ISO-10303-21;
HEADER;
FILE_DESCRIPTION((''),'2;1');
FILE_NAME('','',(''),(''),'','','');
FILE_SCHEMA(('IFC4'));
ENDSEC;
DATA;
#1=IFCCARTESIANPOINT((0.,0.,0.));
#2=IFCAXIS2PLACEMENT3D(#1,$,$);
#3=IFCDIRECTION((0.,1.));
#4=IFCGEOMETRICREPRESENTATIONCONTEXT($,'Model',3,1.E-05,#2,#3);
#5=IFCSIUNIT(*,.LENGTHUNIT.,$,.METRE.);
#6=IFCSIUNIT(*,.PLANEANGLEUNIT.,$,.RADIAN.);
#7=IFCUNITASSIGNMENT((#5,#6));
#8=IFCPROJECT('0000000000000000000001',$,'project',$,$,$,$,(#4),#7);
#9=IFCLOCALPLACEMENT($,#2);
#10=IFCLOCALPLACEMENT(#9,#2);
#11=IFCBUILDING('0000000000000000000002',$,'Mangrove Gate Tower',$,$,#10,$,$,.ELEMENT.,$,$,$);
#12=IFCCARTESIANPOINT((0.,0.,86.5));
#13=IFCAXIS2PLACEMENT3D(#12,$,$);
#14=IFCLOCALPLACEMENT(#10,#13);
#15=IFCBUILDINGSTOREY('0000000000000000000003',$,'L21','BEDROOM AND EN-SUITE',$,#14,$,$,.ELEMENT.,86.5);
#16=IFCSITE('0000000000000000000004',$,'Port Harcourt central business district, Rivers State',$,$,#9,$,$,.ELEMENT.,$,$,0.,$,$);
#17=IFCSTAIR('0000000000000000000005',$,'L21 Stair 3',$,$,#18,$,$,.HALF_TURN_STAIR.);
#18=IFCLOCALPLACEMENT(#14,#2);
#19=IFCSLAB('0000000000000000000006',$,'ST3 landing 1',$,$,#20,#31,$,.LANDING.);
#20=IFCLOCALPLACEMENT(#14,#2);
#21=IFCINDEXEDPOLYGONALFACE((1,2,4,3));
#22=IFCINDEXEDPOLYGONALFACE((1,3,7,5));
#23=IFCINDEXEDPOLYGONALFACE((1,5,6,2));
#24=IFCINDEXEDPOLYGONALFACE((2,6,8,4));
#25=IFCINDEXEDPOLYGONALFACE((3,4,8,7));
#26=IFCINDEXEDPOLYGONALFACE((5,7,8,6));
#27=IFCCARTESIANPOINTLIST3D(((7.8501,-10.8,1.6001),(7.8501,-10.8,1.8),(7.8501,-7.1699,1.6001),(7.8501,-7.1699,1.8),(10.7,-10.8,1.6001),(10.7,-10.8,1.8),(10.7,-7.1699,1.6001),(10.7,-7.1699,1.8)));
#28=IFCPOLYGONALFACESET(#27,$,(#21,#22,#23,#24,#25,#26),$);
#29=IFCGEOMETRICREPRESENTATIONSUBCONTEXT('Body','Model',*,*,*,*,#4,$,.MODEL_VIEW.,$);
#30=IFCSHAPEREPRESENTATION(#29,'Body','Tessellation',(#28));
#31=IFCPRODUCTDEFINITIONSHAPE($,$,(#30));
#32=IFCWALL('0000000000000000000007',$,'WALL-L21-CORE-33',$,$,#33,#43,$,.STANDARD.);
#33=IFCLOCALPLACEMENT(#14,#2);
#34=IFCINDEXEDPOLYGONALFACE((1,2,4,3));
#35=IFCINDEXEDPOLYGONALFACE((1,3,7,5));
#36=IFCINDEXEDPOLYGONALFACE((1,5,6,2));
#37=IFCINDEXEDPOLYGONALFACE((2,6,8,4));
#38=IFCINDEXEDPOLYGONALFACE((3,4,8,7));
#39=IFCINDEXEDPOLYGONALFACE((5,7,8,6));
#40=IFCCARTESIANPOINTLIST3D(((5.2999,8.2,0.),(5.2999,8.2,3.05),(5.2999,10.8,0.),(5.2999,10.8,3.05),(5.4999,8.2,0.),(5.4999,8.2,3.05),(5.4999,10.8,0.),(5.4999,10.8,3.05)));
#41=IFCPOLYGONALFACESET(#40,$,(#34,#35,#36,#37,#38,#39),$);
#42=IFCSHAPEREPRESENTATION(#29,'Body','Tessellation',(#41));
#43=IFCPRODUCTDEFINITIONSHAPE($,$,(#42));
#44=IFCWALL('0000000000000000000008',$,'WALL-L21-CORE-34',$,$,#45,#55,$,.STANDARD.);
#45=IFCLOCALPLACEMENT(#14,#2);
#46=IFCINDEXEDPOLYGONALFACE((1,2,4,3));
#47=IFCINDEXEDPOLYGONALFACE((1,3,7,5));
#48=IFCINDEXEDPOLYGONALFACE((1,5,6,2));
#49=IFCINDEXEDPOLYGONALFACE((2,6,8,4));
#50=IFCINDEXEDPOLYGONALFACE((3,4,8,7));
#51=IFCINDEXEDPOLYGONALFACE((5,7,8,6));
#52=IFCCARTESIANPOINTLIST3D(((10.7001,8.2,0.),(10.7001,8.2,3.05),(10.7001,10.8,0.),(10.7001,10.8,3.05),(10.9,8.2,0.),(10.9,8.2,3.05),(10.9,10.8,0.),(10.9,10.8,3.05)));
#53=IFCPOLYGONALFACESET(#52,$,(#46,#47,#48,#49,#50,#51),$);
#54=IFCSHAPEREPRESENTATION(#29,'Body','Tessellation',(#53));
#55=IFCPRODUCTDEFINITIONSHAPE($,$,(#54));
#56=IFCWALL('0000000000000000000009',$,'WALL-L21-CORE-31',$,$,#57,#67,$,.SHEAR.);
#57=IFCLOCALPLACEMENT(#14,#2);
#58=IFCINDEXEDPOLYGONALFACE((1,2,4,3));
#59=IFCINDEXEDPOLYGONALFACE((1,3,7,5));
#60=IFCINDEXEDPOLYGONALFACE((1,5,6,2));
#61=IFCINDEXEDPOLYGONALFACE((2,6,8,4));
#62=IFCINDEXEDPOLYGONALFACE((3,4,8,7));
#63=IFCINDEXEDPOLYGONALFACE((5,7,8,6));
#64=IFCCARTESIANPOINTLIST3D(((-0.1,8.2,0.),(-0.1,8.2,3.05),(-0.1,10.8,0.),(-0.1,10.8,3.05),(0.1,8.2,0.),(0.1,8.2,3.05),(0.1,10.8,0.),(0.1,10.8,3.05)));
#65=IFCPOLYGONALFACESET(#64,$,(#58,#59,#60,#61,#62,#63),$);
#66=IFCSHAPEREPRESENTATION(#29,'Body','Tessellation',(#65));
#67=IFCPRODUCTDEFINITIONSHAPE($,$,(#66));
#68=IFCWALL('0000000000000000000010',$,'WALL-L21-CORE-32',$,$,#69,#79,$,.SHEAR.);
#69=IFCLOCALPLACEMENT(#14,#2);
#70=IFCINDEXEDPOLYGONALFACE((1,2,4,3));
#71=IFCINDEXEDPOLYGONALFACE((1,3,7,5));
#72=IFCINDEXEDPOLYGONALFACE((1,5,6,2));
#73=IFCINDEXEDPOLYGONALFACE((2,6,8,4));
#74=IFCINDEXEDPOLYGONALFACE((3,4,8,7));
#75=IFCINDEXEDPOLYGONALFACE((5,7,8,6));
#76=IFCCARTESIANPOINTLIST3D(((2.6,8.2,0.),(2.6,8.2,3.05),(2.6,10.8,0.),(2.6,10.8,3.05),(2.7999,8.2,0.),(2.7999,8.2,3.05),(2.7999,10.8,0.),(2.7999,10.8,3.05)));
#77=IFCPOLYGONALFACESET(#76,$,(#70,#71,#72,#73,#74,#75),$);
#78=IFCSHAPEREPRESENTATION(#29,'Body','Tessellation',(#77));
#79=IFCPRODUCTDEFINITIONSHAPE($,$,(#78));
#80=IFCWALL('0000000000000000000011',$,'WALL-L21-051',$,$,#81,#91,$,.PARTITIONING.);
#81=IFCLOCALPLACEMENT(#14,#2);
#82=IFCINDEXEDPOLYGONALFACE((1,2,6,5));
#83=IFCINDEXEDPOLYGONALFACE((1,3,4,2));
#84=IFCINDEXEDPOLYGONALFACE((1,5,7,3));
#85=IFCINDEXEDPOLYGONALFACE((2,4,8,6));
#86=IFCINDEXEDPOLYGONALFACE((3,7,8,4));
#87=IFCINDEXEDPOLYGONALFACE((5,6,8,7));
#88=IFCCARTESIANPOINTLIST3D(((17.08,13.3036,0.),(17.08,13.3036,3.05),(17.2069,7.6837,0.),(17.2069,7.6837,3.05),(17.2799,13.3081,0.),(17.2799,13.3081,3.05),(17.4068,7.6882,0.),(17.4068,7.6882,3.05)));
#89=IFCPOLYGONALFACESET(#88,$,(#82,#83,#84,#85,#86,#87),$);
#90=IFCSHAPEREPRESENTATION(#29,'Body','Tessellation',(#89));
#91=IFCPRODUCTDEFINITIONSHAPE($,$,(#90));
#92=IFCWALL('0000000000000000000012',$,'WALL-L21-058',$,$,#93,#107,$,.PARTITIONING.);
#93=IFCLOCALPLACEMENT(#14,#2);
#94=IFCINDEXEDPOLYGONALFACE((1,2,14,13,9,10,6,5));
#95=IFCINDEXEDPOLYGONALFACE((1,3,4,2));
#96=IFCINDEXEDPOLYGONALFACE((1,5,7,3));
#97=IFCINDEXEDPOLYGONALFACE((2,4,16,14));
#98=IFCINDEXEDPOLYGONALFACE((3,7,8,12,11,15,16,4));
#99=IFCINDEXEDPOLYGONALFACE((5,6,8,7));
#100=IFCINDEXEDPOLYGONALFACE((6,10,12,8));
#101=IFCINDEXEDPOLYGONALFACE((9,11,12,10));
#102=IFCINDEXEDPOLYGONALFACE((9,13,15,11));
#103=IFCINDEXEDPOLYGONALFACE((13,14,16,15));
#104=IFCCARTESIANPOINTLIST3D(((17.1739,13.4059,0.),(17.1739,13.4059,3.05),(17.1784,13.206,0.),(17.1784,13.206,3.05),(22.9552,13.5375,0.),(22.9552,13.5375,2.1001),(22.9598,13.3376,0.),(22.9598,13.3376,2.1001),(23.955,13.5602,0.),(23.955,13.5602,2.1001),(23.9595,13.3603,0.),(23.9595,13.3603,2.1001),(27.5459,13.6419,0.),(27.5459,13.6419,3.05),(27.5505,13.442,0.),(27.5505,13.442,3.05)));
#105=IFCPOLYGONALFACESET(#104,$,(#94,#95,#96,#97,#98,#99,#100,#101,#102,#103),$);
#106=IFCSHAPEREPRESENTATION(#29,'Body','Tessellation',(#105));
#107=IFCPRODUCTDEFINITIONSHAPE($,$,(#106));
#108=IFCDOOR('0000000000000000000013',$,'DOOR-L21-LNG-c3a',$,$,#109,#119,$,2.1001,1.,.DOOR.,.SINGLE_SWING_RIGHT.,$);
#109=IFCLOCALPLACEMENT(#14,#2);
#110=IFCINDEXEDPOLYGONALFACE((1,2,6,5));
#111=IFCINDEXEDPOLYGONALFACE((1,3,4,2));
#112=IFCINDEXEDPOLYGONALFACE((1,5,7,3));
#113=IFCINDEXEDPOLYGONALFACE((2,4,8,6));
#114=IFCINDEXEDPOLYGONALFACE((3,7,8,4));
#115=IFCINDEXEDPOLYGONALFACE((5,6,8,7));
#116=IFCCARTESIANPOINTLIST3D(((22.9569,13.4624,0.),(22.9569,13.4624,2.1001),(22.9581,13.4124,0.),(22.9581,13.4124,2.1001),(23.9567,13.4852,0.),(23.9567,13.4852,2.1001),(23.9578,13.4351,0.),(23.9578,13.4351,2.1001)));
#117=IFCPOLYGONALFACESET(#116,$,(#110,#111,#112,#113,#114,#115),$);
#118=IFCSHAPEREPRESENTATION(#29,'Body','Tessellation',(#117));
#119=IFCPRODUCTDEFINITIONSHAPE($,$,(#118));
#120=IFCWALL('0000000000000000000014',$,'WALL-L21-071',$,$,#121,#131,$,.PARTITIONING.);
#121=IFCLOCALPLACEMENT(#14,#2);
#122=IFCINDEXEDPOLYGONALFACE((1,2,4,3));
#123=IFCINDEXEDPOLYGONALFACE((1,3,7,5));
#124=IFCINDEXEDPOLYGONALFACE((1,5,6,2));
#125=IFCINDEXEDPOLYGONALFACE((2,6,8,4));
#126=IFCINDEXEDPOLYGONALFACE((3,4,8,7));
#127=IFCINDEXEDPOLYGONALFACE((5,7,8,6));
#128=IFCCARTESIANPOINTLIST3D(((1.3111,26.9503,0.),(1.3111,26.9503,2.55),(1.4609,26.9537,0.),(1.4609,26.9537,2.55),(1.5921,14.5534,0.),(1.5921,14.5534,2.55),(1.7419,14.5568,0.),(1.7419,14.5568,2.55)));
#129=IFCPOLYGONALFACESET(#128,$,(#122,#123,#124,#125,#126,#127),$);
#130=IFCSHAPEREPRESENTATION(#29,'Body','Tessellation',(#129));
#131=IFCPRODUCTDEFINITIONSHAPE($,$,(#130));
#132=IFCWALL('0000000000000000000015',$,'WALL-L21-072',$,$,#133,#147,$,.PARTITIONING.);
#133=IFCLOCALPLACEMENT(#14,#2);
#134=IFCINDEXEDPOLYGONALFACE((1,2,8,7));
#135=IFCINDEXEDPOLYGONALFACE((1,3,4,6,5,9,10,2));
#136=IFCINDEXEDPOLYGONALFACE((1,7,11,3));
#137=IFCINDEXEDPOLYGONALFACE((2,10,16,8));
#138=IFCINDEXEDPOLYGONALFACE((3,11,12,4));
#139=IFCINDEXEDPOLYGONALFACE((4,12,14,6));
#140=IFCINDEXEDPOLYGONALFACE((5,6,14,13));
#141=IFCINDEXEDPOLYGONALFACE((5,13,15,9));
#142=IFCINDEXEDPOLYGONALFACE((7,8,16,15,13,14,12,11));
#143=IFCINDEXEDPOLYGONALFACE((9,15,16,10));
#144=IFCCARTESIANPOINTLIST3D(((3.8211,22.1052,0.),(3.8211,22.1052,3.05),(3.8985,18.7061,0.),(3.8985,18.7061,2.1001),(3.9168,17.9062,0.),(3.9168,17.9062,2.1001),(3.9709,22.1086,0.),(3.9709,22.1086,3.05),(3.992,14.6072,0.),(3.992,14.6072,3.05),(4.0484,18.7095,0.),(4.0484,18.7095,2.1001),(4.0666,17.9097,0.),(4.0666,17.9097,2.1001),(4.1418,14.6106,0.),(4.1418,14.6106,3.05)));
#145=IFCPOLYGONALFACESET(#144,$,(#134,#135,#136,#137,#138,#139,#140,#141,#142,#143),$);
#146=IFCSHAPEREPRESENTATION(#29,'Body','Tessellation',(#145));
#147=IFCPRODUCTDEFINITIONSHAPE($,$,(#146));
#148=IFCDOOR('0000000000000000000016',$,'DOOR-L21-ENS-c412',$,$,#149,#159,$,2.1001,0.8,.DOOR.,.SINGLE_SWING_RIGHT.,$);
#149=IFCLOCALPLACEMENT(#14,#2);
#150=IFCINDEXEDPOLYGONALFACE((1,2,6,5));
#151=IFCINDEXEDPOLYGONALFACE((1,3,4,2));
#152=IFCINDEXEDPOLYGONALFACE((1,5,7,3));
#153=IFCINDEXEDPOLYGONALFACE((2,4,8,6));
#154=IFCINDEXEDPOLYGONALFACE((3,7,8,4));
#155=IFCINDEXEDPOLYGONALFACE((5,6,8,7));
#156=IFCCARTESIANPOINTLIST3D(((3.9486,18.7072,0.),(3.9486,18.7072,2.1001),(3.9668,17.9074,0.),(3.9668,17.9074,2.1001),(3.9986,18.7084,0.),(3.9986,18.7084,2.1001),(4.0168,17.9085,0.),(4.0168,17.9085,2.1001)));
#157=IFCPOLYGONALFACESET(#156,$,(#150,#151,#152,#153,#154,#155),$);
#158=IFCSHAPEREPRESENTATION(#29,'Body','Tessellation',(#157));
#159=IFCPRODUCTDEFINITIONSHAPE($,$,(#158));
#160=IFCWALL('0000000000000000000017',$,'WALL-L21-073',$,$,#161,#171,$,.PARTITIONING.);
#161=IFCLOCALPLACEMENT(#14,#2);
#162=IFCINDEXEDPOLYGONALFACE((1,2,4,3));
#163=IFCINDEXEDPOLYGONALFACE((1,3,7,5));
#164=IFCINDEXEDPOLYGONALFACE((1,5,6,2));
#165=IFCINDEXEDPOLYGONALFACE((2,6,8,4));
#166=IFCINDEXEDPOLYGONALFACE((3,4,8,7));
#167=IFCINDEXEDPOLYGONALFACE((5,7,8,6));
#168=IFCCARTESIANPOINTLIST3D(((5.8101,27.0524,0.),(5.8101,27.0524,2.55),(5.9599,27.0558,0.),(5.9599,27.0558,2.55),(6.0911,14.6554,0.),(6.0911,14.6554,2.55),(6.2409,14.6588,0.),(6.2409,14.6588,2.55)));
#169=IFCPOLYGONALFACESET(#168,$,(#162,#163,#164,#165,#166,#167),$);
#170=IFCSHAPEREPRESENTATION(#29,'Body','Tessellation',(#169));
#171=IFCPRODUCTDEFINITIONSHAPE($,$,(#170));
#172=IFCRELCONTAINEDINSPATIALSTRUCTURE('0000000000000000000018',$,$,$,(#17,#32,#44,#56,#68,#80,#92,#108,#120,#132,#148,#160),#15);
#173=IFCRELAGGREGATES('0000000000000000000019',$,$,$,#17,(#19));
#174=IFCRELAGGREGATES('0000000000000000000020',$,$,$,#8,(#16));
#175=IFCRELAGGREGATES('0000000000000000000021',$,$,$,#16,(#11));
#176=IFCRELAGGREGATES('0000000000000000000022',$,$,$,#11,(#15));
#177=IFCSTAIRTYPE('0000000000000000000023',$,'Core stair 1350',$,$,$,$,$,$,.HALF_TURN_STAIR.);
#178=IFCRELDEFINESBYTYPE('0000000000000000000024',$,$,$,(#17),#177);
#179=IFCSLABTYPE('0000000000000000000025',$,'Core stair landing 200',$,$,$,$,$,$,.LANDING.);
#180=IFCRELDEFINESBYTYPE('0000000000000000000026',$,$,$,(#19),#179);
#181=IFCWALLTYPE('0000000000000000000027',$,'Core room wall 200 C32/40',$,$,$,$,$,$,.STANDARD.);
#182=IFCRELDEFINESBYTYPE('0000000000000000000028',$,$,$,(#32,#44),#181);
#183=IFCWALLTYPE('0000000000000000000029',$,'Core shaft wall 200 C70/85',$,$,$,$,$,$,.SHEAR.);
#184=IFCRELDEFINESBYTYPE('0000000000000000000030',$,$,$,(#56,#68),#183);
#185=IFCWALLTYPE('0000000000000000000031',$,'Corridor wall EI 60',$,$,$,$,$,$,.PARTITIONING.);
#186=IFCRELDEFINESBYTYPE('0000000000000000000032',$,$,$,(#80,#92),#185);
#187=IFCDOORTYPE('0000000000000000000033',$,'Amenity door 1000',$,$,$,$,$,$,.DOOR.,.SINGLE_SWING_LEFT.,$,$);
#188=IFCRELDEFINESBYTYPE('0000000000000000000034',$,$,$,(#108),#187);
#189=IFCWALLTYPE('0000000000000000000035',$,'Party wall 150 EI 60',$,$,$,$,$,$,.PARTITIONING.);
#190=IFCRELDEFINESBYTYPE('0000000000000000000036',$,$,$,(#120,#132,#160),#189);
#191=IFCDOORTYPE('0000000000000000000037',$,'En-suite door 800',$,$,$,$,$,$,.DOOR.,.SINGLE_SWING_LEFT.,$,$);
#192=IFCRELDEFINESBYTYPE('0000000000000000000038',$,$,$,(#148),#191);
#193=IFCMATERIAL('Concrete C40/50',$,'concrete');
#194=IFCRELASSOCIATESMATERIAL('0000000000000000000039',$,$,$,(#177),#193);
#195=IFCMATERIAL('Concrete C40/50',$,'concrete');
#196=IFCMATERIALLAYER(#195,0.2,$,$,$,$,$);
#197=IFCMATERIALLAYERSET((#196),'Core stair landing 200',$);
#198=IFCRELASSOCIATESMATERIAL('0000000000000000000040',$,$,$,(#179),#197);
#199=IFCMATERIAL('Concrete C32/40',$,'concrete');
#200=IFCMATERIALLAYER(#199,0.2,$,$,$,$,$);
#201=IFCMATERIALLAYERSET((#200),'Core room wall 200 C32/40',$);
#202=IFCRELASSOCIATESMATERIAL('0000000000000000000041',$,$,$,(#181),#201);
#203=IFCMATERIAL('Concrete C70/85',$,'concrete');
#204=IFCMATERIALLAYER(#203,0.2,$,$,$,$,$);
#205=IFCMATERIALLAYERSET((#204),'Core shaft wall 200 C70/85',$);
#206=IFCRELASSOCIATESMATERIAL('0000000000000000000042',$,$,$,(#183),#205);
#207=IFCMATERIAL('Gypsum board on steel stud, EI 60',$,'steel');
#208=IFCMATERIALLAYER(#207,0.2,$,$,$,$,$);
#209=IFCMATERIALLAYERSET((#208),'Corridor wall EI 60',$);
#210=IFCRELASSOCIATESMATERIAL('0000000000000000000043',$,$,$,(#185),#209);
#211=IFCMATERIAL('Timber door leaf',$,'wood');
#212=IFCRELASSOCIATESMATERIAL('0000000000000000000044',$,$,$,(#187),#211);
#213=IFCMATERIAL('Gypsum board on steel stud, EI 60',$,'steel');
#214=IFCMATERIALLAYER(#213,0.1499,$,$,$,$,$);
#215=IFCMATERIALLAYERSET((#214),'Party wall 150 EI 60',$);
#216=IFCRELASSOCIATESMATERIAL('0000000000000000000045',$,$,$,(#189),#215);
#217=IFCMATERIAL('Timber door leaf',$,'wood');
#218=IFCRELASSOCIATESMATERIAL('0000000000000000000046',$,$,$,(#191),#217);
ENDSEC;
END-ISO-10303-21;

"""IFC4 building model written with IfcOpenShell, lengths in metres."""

from ifc_helpers import new_model, si_unit, direction, frame, frame_2d, origin, place, context, subcontext, project, spatial, polyline, rectangle, outline, extrude, material, layer, layer_set, type_object, element, fill, aggregate, save


model = new_model("IFC4")

# Units and contexts
model_context = context("Model", 3, precision=1e-05, world=origin(), true_north=direction((0.0, 1.0)))
body_context = subcontext(model_context, "Body", "Model", "MODEL_VIEW")
ifc_project = project(units=[si_unit("LENGTHUNIT", "METRE"), si_unit("PLANEANGLEUNIT", "RADIAN")], contexts=[model_context])

# Site, building, storey
site_placement = place(None, origin())
site = spatial("IfcSite", under=ifc_project, at=site_placement, Name="Port Harcourt central business district, Rivers State", CompositionType="ELEMENT", RefElevation=0.0)
building_placement = place(site_placement, origin())
building = spatial("IfcBuilding", under=site, at=building_placement, Name="Mangrove Gate Tower", CompositionType="ELEMENT")
storey_placement = place(building_placement, frame((0.0, 0.0, 86.5)))
storey = spatial("IfcBuildingStorey", under=building, at=storey_placement, Name="L21", Description="BEDROOM AND EN-SUITE", CompositionType="ELEMENT", Elevation=86.5)

# Stair, slab
ifc_material_1 = material(Name="Concrete C40/50", Category="concrete")
stair_type = type_object("IfcStairType", Name="Core stair 1350", PredefinedType="HALF_TURN_STAIR", material=ifc_material_1)
ifc_material_2 = material(Name="Concrete C40/50", Category="concrete")
ifc_layer_1 = layer(ifc_material_2, 0.2)
ifc_layer_set_1 = layer_set([ifc_layer_1], Name="Core stair landing 200")
slab_type_1 = type_object("IfcSlabType", Name="Core stair landing 200", PredefinedType="LANDING", material=ifc_layer_set_1)
stair_1_placement = place(storey_placement, origin())
stair_1 = element("IfcStair", 1, at=stair_1_placement, inside=storey, type_object=stair_type, Name="L21 Stair 3", PredefinedType="HALF_TURN_STAIR")
slab_1_placement = place(storey_placement, frame((0.0, 0.0, 1.6001)))
slab_1 = element("IfcSlab", 2, at=slab_1_placement, type_object=slab_type_1, Name="ST3 landing 1", PredefinedType="LANDING", context=body_context, shape_type="SweptSolid", body=[
    extrude(outline(polyline([(7.8501, -7.1699), (7.8501, -10.8), (10.7, -10.8), (10.7, -7.1699), (7.8501, -7.1699)])), origin(), (0.0, 0.0, 1.0), 0.2),
])
aggregate(stair_1, [slab_1])

# Walls
ifc_material_3 = material(Name="Concrete C32/40", Category="concrete")
ifc_layer_2 = layer(ifc_material_3, 0.2)
ifc_layer_set_2 = layer_set([ifc_layer_2], Name="Core room wall 200 C32/40")
wall_type_1 = type_object("IfcWallType", Name="Core room wall 200 C32/40", PredefinedType="STANDARD", material=ifc_layer_set_2)
for number, where, z_axis, x_axis, name in (
    (3, (5.3999, 8.2, 0.0), (0.0, 0.0, 1.0), (0.0, 1.0, 0.0), "WALL-L21-CORE-33"),
    (4, (10.8, 8.2, 0.0), (0.0, 0.0, 1.0), (0.0, 1.0, 0.0), "WALL-L21-CORE-34"),
):
    element("IfcWall", number, at=place(storey_placement, frame(where, z_axis=z_axis, x_axis=x_axis)), inside=storey, type_object=wall_type_1, Name=name, PredefinedType="STANDARD", context=body_context, shape_type="SweptSolid", body=[
        extrude(rectangle(XDim=2.6001, YDim=0.2, at=frame_2d((1.3, 0.0))), origin(), (0.0, 0.0, 1.0), 3.05),
    ])
ifc_material_4 = material(Name="Concrete C70/85", Category="concrete")
ifc_layer_3 = layer(ifc_material_4, 0.2)
ifc_layer_set_3 = layer_set([ifc_layer_3], Name="Core shaft wall 200 C70/85")
wall_type_2 = type_object("IfcWallType", Name="Core shaft wall 200 C70/85", PredefinedType="SHEAR", material=ifc_layer_set_3)
for number, where, z_axis, x_axis, name in (
    (5, (0.0, 8.2, 0.0), (0.0, 0.0, 1.0), (0.0, 1.0, 0.0), "WALL-L21-CORE-31"),
    (6, (2.7, 8.2, 0.0), (0.0, 0.0, 1.0), (0.0, 1.0, 0.0), "WALL-L21-CORE-32"),
):
    element("IfcWall", number, at=place(storey_placement, frame(where, z_axis=z_axis, x_axis=x_axis)), inside=storey, type_object=wall_type_2, Name=name, PredefinedType="SHEAR", context=body_context, shape_type="SweptSolid", body=[
        extrude(rectangle(XDim=2.6001, YDim=0.2, at=frame_2d((1.3, 0.0))), origin(), (0.0, 0.0, 1.0), 3.05),
    ])
ifc_material_5 = material(Name="Gypsum board on steel stud, EI 60", Category="steel")
ifc_layer_4 = layer(ifc_material_5, 0.2)
ifc_layer_set_4 = layer_set([ifc_layer_4], Name="Corridor wall EI 60")
wall_type_3 = type_object("IfcWallType", Name="Corridor wall EI 60", PredefinedType="PARTITIONING", material=ifc_layer_set_4)
wall_1_placement = place(storey_placement, frame((17.3069, 7.686, 0.0), z_axis=(0.0, 0.0, 1.0), x_axis=(-0.022584, 0.999745, 0.0)))
element("IfcWall", 7, at=wall_1_placement, inside=storey, type_object=wall_type_3, Name="WALL-L21-051", PredefinedType="PARTITIONING", context=body_context, shape_type="SweptSolid", body=[
    extrude(rectangle(XDim=5.6213, YDim=0.2, at=frame_2d((2.8105, 0.0))), origin(), (0.0, 0.0, 1.0), 3.05),
])

# Wall, opening, door
wall_2_placement = place(storey_placement, frame((17.176, 13.3059, 0.0), z_axis=(0.0, 0.0, 1.0), x_axis=(0.999741, 0.022756, 0.0)))
wall_2 = element("IfcWall", 8, at=wall_2_placement, inside=storey, type_object=wall_type_3, Name="WALL-L21-058", PredefinedType="PARTITIONING", context=body_context, shape_type="SweptSolid", body=[
    extrude(rectangle(XDim=10.3748, YDim=0.2, at=frame_2d((5.1875, 0.0))), origin(), (0.0, 0.0, 1.0), 3.05),
])
opening_1_placement = place(wall_2_placement, frame((5.783, 0.0, 0.0)))
opening_1 = element("IfcOpeningElement", 9, at=opening_1_placement, cuts=wall_2, PredefinedType="OPENING", context=body_context, shape_type="SweptSolid", body=[
    extrude(rectangle(XDim=1.0, YDim=2.1001, at=frame_2d((0.5, 1.05))), frame((0.0, 0.1099, 0.0), z_axis=(0.0, -1.0, 0.0), x_axis=(1.0, 0.0, 0.0)), (0.0, 0.0, 1.0), 0.22),
])
ifc_material_6 = material(Name="Timber door leaf", Category="wood")
door_type_1 = type_object("IfcDoorType", Name="Amenity door 1000", OperationType="SINGLE_SWING_LEFT", PredefinedType="DOOR", material=ifc_material_6)
door_1_placement = place(opening_1_placement, origin())
door_1 = element("IfcDoor", 10, at=door_1_placement, inside=storey, type_object=door_type_1, Name="DOOR-L21-LNG-c3a", OperationType="SINGLE_SWING_RIGHT", OverallHeight=2.1001, OverallWidth=1.0, PredefinedType="DOOR", context=body_context, shape_type="SweptSolid", body=[
    extrude(rectangle(XDim=1.0, YDim=2.1001, at=frame_2d((0.5, 1.05))), frame((0.0, 0.0249, 0.0), z_axis=(0.0, -1.0, 0.0), x_axis=(1.0, 0.0, 0.0)), (0.0, 0.0, 1.0), 0.05),
])
fill(opening_1, door_1)

# Wall
ifc_material_7 = material(Name="Gypsum board on steel stud, EI 60", Category="steel")
ifc_layer_5 = layer(ifc_material_7, 0.1499)
ifc_layer_set_5 = layer_set([ifc_layer_5], Name="Party wall 150 EI 60")
wall_type_4 = type_object("IfcWallType", Name="Party wall 150 EI 60", PredefinedType="PARTITIONING", material=ifc_layer_set_5)
wall_3_placement = place(storey_placement, frame((1.667, 14.5549, 0.0), z_axis=(0.0, 0.0, 1.0), x_axis=(-0.022661, 0.999743, 0.0)))
element("IfcWall", 11, at=wall_3_placement, inside=storey, type_object=wall_type_4, Name="WALL-L21-071", PredefinedType="PARTITIONING", context=body_context, shape_type="SweptSolid", body=[
    extrude(rectangle(XDim=12.4001, YDim=0.1499, at=frame_2d((6.2002, 0.0))), origin(), (0.0, 0.0, 1.0), 2.55),
])

# Wall, opening, door
wall_4_placement = place(storey_placement, frame((4.0669, 14.6089, 0.0), z_axis=(0.0, 0.0, 1.0), x_axis=(-0.022786, 0.99974, 0.0)))
wall_4 = element("IfcWall", 12, at=wall_4_placement, inside=storey, type_object=wall_type_4, Name="WALL-L21-072", PredefinedType="PARTITIONING", context=body_context, shape_type="SweptSolid", body=[
    extrude(rectangle(XDim=7.5, YDim=0.1499, at=frame_2d((3.75, 0.0))), origin(), (0.0, 0.0, 1.0), 3.05),
])
opening_2_placement = place(wall_4_placement, frame((3.3, 0.0, 0.0)))
opening_2 = element("IfcOpeningElement", 13, at=opening_2_placement, cuts=wall_4, PredefinedType="OPENING", context=body_context, shape_type="SweptSolid", body=[
    extrude(rectangle(XDim=0.8, YDim=2.1001, at=frame_2d((0.3999, 1.05))), frame((0.0, 0.085, 0.0), z_axis=(0.0, -1.0, 0.0), x_axis=(1.0, 0.0, 0.0)), (0.0, 0.0, 1.0), 0.1699),
])
ifc_material_8 = material(Name="Timber door leaf", Category="wood")
door_type_2 = type_object("IfcDoorType", Name="En-suite door 800", OperationType="SINGLE_SWING_LEFT", PredefinedType="DOOR", material=ifc_material_8)
door_2_placement = place(opening_2_placement, origin())
door_2 = element("IfcDoor", 14, at=door_2_placement, inside=storey, type_object=door_type_2, Name="DOOR-L21-ENS-c412", OperationType="SINGLE_SWING_RIGHT", OverallHeight=2.1001, OverallWidth=0.8, PredefinedType="DOOR", context=body_context, shape_type="SweptSolid", body=[
    extrude(rectangle(XDim=0.8, YDim=2.1001, at=frame_2d((0.3999, 1.05))), frame((0.0, 0.0249, 0.0), z_axis=(0.0, -1.0, 0.0), x_axis=(1.0, 0.0, 0.0)), (0.0, 0.0, 1.0), 0.05),
])
fill(opening_2, door_2)

# Wall
wall_5_placement = place(storey_placement, frame((6.166, 14.657, 0.0), z_axis=(0.0, 0.0, 1.0), x_axis=(-0.022661, 0.999743, 0.0)))
element("IfcWall", 15, at=wall_5_placement, inside=storey, type_object=wall_type_4, Name="WALL-L21-073", PredefinedType="PARTITIONING", context=body_context, shape_type="SweptSolid", body=[
    extrude(rectangle(XDim=12.4001, YDim=0.1499, at=frame_2d((6.2002, 0.0))), origin(), (0.0, 0.0, 1.0), 2.55),
])

save(model, "model.ifc")
